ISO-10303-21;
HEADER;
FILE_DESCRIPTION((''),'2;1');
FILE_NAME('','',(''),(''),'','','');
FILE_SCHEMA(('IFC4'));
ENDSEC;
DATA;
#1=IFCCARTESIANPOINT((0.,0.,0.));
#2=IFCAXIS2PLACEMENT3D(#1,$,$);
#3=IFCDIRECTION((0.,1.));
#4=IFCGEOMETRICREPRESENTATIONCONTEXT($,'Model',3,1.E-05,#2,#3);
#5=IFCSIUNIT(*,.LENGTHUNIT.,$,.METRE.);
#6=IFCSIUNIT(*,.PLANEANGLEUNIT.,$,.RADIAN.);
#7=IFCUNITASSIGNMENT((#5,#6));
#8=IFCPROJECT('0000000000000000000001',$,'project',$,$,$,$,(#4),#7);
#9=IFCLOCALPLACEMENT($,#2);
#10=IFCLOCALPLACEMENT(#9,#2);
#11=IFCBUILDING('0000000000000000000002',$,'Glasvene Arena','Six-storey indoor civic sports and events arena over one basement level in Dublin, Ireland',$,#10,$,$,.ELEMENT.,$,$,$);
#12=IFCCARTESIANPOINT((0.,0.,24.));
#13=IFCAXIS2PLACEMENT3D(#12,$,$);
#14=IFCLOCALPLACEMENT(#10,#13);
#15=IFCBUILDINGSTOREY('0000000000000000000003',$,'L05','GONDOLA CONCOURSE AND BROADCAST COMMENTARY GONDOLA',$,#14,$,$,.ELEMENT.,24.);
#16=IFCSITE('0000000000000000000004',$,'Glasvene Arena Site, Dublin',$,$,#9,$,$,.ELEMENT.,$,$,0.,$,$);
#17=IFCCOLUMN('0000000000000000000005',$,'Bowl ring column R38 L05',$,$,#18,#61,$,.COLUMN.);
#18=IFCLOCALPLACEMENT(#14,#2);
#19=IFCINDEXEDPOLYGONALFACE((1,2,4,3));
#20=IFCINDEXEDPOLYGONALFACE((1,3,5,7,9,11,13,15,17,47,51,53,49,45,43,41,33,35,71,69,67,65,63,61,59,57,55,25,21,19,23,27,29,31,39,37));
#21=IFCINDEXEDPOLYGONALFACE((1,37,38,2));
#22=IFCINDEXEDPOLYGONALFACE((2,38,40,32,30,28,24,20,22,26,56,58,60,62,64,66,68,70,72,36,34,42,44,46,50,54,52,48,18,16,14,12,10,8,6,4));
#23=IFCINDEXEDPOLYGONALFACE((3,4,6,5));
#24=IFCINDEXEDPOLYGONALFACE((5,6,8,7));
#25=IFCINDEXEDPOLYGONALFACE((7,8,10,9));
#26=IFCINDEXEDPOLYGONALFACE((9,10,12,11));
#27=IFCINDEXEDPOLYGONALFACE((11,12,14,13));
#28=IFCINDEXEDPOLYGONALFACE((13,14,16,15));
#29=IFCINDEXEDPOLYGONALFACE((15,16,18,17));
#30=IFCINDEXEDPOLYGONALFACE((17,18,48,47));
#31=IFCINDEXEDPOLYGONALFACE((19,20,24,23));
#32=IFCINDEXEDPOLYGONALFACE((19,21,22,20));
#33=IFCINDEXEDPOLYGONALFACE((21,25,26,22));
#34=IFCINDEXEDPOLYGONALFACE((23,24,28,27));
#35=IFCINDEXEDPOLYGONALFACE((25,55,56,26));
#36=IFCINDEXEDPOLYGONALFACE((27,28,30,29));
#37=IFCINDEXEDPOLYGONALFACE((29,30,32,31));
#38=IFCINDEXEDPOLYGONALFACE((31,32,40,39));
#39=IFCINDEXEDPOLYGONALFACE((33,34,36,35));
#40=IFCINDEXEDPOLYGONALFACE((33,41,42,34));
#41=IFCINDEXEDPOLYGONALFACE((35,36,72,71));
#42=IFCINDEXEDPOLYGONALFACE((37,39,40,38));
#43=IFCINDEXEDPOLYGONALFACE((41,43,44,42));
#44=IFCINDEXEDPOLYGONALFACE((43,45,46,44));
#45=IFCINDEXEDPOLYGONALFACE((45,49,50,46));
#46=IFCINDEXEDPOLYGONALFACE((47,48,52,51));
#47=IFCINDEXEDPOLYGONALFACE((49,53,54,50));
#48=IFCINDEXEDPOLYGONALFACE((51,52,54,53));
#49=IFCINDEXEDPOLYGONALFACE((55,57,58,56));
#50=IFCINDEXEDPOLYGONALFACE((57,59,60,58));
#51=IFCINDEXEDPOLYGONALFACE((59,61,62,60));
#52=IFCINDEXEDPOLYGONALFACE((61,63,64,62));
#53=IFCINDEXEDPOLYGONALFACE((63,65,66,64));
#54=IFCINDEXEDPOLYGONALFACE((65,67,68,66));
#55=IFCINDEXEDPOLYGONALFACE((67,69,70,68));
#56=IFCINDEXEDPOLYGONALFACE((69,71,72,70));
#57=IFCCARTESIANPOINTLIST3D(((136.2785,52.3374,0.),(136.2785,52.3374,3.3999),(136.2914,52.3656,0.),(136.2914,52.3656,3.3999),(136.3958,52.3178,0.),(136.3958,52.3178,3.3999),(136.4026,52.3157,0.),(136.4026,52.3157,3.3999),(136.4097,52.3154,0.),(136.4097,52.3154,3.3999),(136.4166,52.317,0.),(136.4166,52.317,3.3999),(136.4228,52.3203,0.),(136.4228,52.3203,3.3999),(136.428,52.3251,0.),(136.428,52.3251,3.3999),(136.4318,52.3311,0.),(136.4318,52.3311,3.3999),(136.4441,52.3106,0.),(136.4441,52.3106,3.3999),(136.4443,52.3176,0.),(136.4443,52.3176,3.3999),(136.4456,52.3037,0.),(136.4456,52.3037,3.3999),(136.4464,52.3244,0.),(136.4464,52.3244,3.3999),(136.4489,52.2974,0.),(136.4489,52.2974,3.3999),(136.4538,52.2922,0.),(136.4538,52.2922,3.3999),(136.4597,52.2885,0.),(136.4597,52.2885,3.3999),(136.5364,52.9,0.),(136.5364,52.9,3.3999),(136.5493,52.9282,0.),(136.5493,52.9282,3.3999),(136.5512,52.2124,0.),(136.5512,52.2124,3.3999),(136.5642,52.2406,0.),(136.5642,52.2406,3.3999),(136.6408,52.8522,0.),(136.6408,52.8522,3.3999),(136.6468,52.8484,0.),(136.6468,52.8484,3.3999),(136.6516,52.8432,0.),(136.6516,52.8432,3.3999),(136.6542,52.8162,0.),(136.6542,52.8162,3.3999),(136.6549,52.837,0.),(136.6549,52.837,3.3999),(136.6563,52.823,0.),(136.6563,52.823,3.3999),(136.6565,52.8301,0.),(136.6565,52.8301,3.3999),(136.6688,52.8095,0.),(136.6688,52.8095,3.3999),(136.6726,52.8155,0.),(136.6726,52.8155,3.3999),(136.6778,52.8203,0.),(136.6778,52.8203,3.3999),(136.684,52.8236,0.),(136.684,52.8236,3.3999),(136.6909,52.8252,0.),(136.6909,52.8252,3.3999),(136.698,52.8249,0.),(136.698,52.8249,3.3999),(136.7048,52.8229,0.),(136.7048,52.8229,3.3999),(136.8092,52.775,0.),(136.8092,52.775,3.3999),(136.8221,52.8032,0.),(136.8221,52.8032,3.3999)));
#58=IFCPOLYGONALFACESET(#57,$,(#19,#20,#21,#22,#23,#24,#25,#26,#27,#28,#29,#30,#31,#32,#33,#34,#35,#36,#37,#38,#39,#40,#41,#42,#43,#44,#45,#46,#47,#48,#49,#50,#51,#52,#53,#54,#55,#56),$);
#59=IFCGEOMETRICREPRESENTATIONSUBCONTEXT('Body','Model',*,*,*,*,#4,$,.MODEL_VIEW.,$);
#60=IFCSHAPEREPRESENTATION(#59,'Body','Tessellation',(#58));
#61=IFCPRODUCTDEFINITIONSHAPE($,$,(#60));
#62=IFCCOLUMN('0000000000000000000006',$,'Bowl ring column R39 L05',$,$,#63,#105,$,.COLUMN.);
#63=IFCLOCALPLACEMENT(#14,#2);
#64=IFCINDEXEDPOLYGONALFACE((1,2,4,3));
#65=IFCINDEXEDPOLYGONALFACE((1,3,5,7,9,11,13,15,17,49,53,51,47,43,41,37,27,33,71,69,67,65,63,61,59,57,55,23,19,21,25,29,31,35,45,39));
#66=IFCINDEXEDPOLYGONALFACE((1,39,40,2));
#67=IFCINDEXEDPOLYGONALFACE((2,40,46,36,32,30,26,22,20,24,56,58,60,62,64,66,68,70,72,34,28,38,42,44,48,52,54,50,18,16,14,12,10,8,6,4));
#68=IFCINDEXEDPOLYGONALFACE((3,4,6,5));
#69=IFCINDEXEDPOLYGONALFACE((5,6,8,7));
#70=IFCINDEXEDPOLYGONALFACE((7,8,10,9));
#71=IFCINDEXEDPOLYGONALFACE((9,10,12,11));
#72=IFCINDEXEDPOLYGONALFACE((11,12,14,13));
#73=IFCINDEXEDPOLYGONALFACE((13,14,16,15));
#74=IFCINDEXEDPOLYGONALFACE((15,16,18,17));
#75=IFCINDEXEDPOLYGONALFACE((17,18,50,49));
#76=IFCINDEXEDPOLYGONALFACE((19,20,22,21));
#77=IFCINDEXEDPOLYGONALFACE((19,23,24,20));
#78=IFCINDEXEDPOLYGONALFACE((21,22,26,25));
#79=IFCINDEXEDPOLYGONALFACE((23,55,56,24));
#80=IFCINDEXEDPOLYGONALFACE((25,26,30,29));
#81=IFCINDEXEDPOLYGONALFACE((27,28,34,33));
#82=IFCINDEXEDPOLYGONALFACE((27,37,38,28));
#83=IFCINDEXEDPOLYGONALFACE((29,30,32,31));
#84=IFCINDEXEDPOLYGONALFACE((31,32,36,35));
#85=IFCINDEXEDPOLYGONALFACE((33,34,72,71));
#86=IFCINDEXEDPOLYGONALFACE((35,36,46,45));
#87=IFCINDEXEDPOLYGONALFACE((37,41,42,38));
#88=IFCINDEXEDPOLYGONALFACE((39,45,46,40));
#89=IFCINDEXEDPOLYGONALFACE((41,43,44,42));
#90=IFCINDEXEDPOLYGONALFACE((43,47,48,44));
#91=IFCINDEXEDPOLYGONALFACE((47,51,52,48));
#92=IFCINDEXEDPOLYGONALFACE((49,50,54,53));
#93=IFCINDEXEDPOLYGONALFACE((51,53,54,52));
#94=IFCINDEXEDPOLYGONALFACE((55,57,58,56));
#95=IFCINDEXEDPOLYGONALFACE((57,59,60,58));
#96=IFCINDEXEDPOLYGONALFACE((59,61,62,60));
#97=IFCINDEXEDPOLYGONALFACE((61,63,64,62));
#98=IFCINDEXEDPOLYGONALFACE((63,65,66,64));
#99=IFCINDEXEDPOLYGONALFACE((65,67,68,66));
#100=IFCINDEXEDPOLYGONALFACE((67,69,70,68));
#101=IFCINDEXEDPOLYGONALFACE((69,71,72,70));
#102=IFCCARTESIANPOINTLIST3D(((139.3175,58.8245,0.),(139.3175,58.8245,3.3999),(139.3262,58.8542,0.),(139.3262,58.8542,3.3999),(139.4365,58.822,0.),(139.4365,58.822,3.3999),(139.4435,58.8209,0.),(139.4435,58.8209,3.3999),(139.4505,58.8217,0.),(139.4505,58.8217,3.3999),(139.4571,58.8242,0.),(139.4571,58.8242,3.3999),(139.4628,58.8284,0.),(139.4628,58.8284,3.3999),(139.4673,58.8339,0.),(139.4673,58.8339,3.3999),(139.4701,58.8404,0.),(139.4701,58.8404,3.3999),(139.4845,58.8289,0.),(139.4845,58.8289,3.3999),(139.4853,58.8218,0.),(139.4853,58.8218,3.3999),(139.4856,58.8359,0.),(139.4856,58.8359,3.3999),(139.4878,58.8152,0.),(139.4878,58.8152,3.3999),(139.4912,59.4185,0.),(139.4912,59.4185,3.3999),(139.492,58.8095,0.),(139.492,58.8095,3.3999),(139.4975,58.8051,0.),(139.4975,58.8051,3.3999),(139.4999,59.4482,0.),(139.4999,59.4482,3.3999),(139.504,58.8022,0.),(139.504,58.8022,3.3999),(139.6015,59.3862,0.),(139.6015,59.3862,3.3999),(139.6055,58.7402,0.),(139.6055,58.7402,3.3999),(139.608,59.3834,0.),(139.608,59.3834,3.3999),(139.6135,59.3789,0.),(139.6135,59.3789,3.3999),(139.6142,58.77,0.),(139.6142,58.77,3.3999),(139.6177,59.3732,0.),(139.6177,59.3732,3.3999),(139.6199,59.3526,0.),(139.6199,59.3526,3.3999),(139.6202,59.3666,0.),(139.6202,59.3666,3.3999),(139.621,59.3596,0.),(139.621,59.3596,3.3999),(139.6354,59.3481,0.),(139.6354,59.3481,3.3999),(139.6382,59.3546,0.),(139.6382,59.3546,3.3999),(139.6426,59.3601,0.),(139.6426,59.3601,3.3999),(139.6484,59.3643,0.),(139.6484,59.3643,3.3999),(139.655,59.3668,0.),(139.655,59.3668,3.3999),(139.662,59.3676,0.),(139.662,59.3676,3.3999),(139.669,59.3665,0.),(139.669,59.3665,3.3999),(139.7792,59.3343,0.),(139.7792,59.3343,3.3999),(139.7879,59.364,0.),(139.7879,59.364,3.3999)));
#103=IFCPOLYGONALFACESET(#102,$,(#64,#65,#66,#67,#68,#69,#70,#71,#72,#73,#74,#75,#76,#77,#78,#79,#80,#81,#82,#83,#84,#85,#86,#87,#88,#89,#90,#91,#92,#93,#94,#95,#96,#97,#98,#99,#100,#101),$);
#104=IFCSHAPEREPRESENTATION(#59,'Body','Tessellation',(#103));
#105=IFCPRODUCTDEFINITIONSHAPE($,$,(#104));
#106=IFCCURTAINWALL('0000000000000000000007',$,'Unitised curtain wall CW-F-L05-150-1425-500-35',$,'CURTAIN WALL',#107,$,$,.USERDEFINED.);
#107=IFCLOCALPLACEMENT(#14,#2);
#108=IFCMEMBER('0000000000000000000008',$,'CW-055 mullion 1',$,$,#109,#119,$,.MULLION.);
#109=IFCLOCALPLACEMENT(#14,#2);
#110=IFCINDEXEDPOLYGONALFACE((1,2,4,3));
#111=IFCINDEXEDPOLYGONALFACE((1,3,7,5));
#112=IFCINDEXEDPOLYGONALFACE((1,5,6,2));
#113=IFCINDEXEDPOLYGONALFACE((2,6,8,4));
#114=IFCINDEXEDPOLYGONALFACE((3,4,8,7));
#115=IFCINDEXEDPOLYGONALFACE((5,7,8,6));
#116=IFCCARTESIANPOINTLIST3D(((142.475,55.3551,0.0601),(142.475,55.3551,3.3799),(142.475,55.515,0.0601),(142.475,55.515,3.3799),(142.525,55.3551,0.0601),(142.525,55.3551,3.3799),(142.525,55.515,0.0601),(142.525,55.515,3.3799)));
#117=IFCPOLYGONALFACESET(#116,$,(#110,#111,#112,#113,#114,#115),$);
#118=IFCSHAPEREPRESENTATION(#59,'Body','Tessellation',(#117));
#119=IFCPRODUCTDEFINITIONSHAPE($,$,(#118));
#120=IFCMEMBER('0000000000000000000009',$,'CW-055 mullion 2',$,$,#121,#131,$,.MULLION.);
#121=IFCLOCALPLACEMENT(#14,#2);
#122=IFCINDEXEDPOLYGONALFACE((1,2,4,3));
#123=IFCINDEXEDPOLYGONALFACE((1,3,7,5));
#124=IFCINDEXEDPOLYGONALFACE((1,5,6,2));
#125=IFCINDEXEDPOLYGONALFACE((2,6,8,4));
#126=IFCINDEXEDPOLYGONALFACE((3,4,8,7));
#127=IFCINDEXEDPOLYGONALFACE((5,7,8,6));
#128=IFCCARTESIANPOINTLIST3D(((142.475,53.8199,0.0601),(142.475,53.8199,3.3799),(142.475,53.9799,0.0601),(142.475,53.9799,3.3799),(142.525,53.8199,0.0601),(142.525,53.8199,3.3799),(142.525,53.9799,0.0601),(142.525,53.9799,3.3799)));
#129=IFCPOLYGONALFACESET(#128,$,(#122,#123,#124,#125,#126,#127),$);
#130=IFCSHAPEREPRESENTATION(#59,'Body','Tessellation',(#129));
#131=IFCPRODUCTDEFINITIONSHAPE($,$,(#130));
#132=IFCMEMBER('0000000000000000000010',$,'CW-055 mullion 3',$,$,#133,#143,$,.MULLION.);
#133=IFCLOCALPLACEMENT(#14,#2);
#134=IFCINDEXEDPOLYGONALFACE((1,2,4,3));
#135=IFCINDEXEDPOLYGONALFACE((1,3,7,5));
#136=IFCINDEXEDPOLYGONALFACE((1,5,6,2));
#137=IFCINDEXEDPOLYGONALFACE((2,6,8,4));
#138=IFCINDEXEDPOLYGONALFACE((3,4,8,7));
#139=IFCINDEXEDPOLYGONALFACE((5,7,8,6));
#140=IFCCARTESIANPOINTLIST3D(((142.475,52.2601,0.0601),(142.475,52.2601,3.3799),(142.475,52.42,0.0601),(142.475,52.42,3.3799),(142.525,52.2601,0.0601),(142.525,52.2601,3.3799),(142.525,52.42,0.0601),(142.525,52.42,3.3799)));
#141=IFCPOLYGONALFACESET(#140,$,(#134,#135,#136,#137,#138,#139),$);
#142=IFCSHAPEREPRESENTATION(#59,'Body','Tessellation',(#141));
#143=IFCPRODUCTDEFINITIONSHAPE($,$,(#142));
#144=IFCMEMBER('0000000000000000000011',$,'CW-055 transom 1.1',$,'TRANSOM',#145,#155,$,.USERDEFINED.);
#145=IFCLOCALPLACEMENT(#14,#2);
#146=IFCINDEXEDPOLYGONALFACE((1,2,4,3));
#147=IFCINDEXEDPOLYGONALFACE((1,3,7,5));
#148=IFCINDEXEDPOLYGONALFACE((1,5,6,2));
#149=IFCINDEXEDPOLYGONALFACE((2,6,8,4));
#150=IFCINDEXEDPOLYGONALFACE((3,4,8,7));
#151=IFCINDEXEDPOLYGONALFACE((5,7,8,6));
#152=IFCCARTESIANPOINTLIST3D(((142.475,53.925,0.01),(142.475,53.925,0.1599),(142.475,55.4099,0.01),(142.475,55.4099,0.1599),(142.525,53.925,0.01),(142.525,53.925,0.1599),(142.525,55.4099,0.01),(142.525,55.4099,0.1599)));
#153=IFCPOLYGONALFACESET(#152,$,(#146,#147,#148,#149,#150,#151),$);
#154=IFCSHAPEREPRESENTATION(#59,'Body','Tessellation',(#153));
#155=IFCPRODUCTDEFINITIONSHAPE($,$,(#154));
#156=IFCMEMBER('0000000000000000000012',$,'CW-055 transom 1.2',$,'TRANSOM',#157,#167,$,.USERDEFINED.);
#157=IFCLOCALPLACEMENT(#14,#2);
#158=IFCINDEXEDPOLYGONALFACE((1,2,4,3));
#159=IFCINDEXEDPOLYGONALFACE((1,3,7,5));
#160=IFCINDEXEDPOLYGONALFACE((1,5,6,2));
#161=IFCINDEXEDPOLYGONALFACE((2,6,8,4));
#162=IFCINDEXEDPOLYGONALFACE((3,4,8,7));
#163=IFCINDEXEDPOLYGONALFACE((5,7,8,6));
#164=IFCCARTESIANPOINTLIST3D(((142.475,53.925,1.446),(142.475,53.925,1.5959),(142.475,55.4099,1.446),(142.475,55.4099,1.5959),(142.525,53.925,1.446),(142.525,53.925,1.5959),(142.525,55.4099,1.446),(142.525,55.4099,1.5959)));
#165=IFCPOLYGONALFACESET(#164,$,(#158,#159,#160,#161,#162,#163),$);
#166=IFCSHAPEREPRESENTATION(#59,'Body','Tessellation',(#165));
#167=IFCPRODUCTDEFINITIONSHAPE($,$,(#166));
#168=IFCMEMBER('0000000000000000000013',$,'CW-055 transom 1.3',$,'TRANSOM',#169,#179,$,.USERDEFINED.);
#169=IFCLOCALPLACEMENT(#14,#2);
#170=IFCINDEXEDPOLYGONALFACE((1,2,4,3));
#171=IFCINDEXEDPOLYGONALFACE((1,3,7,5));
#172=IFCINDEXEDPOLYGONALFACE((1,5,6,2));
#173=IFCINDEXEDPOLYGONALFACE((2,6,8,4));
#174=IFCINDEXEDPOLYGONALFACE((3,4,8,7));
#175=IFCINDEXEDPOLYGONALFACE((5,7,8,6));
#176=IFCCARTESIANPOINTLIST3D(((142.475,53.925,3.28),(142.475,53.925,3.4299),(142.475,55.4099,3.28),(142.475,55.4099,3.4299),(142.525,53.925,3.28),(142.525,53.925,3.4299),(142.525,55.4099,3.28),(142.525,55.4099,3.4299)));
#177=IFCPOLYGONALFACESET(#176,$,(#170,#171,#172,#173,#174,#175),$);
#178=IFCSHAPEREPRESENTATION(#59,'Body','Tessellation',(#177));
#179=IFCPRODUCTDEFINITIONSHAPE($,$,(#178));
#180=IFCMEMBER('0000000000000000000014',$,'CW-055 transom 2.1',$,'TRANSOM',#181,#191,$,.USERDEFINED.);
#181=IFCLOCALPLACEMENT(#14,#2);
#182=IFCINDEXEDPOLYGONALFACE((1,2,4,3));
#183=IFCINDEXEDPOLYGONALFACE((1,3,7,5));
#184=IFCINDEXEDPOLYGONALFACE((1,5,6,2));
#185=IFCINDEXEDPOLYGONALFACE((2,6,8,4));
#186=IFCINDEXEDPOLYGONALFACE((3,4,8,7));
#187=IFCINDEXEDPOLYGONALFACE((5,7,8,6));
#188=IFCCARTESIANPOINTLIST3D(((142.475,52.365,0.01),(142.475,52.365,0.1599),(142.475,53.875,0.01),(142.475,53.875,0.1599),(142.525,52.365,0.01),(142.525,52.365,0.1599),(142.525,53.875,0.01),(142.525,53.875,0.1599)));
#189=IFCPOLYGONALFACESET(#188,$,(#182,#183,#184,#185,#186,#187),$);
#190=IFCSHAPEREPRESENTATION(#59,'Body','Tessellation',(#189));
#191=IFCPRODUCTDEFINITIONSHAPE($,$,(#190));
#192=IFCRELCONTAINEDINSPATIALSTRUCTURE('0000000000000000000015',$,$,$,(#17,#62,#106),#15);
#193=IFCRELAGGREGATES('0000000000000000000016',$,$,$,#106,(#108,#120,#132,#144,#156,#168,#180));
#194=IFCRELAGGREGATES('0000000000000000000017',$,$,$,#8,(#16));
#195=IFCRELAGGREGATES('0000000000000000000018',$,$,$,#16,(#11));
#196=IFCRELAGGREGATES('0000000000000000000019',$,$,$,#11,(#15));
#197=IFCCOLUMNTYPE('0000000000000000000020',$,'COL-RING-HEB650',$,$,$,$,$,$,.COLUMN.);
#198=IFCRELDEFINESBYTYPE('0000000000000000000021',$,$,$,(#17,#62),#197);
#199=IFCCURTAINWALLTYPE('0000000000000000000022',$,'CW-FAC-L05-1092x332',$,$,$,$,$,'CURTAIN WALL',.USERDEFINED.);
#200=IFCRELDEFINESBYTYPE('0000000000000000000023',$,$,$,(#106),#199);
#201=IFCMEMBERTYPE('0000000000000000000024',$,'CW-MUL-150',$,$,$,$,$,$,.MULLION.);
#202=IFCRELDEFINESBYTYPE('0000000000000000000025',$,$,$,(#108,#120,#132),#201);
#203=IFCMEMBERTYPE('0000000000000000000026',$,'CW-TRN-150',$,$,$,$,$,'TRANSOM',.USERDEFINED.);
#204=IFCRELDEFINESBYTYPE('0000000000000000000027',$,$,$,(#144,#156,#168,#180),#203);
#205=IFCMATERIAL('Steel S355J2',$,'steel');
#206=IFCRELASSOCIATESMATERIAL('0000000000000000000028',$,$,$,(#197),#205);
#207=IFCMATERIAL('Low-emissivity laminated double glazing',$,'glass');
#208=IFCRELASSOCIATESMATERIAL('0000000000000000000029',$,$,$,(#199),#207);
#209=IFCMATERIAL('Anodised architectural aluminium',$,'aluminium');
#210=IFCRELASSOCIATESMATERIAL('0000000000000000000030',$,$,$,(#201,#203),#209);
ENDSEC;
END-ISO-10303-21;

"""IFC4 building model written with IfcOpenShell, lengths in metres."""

from ifc_helpers import new_model, si_unit, direction, frame, origin, origin_2d, place, context, subcontext, project, spatial, rectangle, i_section, extrude, material, material_profile, profile_set, type_object, element, aggregate, save


model = new_model("IFC4")

# Units and contexts
model_context = context("Model", 3, precision=1e-05, world=origin(), true_north=direction((0.0, 1.0)))
body_context = subcontext(model_context, "Body", "Model", "MODEL_VIEW")
ifc_project = project(units=[si_unit("LENGTHUNIT", "METRE"), si_unit("PLANEANGLEUNIT", "RADIAN")], contexts=[model_context])

# Site, building, storey
site_placement = place(None, origin())
site = spatial("IfcSite", under=ifc_project, at=site_placement, Name="Glasvene Arena Site, Dublin", CompositionType="ELEMENT", RefElevation=0.0)
building_placement = place(site_placement, origin())
building = spatial("IfcBuilding", under=site, at=building_placement, Name="Glasvene Arena", Description="Six-storey indoor civic sports and events arena over one basement level in Dublin, Ireland", CompositionType="ELEMENT")
storey_placement = place(building_placement, frame((0.0, 0.0, 24.0)))
storey = spatial("IfcBuildingStorey", under=building, at=storey_placement, Name="L05", Description="GONDOLA CONCOURSE AND BROADCAST COMMENTARY GONDOLA", CompositionType="ELEMENT", Elevation=24.0)

# Columns
ifc_material_1 = material(Name="Steel S355J2", Category="steel")
ifc_material_profile_1 = material_profile(ifc_material_1, i_section(OverallWidth=0.3, OverallDepth=0.6499, WebThickness=0.0161, FlangeThickness=0.031, FilletRadius=0.0271, at=origin_2d()), Name="HEB 650")
ifc_profile_set_1 = profile_set([ifc_material_profile_1], Name="Steel S355J2")
column_type = type_object("IfcColumnType", Name="COL-RING-HEB650", PredefinedType="COLUMN", material=ifc_profile_set_1)
for number, where, z_axis, x_axis, name in (
    (1, (136.5503, 52.5703, 0.0), (0.0, 0.0, 1.0), (0.909018, -0.416757, 0.0), "Bowl ring column R38 L05"),
    (2, (139.5527, 59.0942, 0.0), (0.0, 0.0, 1.0), (0.959805, -0.280667, 0.0), "Bowl ring column R39 L05"),
):
    element("IfcColumn", number, at=place(storey_placement, frame(where, z_axis=z_axis, x_axis=x_axis)), inside=storey, type_object=column_type, Name=name, PredefinedType="COLUMN", context=body_context, shape_type="SweptSolid", body=[
        extrude(i_section(OverallWidth=0.3, OverallDepth=0.6499, WebThickness=0.0161, FlangeThickness=0.031, FilletRadius=0.0271, at=origin_2d()), origin(), (0.0, 0.0, 1.0), 3.3999),
    ])

# Curtain wall, members
ifc_material_2 = material(Name="Low-emissivity laminated double glazing", Category="glass")
curtain_wall_type = type_object("IfcCurtainWallType", Name="CW-FAC-L05-1092x332", ElementType="CURTAIN WALL", PredefinedType="USERDEFINED", material=ifc_material_2)
curtain_wall_placement = place(storey_placement, frame((142.5, 55.46, 0.0)))
curtain_wall = element("IfcCurtainWall", 3, at=curtain_wall_placement, inside=storey, type_object=curtain_wall_type, Name="Unitised curtain wall CW-F-L05-150-1425-500-35", ObjectType="CURTAIN WALL", PredefinedType="USERDEFINED")
ifc_material_3 = material(Name="Anodised architectural aluminium", Category="aluminium")
ifc_material_profile_2 = material_profile(ifc_material_3, rectangle(XDim=0.05, YDim=0.1599, at=origin_2d()), Name="ALU MULLION 50x160")
ifc_profile_set_2 = profile_set([ifc_material_profile_2], Name="Anodised architectural aluminium")
member_type_1 = type_object("IfcMemberType", Name="CW-MUL-150", PredefinedType="MULLION", material=ifc_profile_set_2)
member_1_placement = place(storey_placement, frame((142.5, 55.4351, 0.0601), z_axis=(0.0, 0.0, 1.0), x_axis=(1.0, 0.0, 0.0)))
member_1 = element("IfcMember", 4, at=member_1_placement, type_object=member_type_1, Name="CW-055 mullion 1", PredefinedType="MULLION", context=body_context, shape_type="SweptSolid", body=[
    extrude(rectangle(XDim=0.05, YDim=0.1599, at=origin_2d()), origin(), (0.0, 0.0, 1.0), 3.3198),
])
member_2_placement = place(storey_placement, frame((142.5, 53.8999, 0.0601), z_axis=(0.0, 0.0, 1.0), x_axis=(1.0, 0.0, 0.0)))
member_2 = element("IfcMember", 5, at=member_2_placement, type_object=member_type_1, Name="CW-055 mullion 2", PredefinedType="MULLION", context=body_context, shape_type="SweptSolid", body=[
    extrude(rectangle(XDim=0.05, YDim=0.1599, at=origin_2d()), origin(), (0.0, 0.0, 1.0), 3.3198),
])
member_3_placement = place(storey_placement, frame((142.5, 52.3401, 0.0601), z_axis=(0.0, 0.0, 1.0), x_axis=(1.0, 0.0, 0.0)))
member_3 = element("IfcMember", 6, at=member_3_placement, type_object=member_type_1, Name="CW-055 mullion 3", PredefinedType="MULLION", context=body_context, shape_type="SweptSolid", body=[
    extrude(rectangle(XDim=0.05, YDim=0.1599, at=origin_2d()), origin(), (0.0, 0.0, 1.0), 3.3198),
])
ifc_material_profile_3 = material_profile(ifc_material_3, rectangle(XDim=0.05, YDim=0.1499, at=origin_2d()), Name="ALU TRANSOM 50x150")
ifc_profile_set_3 = profile_set([ifc_material_profile_3], Name="Anodised architectural aluminium")
member_type_2 = type_object("IfcMemberType", Name="CW-TRN-150", ElementType="TRANSOM", PredefinedType="USERDEFINED", material=ifc_profile_set_3)
member_4_placement = place(storey_placement, frame((142.5, 55.4099, 0.085), z_axis=(0.0, -1.0, 0.0), x_axis=(1.0, 0.0, 0.0)))
member_4 = element("IfcMember", 7, at=member_4_placement, type_object=member_type_2, Name="CW-055 transom 1.1", ObjectType="TRANSOM", PredefinedType="USERDEFINED", context=body_context, shape_type="SweptSolid", body=[
    extrude(rectangle(XDim=0.05, YDim=0.1499, at=origin_2d()), origin(), (0.0, 0.0, 1.0), 1.4849),
])
member_5_placement = place(storey_placement, frame((142.5, 55.4099, 1.521), z_axis=(0.0, -1.0, 0.0), x_axis=(1.0, 0.0, 0.0)))
member_5 = element("IfcMember", 8, at=member_5_placement, type_object=member_type_2, Name="CW-055 transom 1.2", ObjectType="TRANSOM", PredefinedType="USERDEFINED", context=body_context, shape_type="SweptSolid", body=[
    extrude(rectangle(XDim=0.05, YDim=0.1499, at=origin_2d()), origin(), (0.0, 0.0, 1.0), 1.4849),
])
member_6_placement = place(storey_placement, frame((142.5, 55.4099, 3.355), z_axis=(0.0, -1.0, 0.0), x_axis=(1.0, 0.0, 0.0)))
member_6 = element("IfcMember", 9, at=member_6_placement, type_object=member_type_2, Name="CW-055 transom 1.3", ObjectType="TRANSOM", PredefinedType="USERDEFINED", context=body_context, shape_type="SweptSolid", body=[
    extrude(rectangle(XDim=0.05, YDim=0.1499, at=origin_2d()), origin(), (0.0, 0.0, 1.0), 1.4849),
])
member_7_placement = place(storey_placement, frame((142.5, 53.875, 0.085), z_axis=(0.0, -1.0, 0.0), x_axis=(1.0, 0.0, 0.0)))
member_7 = element("IfcMember", 10, at=member_7_placement, type_object=member_type_2, Name="CW-055 transom 2.1", ObjectType="TRANSOM", PredefinedType="USERDEFINED", context=body_context, shape_type="SweptSolid", body=[
    extrude(rectangle(XDim=0.05, YDim=0.1499, at=origin_2d()), origin(), (0.0, 0.0, 1.0), 1.51),
])
aggregate(curtain_wall, [member_1, member_2, member_3, member_4, member_5, member_6, member_7])

save(model, "model.ifc")
